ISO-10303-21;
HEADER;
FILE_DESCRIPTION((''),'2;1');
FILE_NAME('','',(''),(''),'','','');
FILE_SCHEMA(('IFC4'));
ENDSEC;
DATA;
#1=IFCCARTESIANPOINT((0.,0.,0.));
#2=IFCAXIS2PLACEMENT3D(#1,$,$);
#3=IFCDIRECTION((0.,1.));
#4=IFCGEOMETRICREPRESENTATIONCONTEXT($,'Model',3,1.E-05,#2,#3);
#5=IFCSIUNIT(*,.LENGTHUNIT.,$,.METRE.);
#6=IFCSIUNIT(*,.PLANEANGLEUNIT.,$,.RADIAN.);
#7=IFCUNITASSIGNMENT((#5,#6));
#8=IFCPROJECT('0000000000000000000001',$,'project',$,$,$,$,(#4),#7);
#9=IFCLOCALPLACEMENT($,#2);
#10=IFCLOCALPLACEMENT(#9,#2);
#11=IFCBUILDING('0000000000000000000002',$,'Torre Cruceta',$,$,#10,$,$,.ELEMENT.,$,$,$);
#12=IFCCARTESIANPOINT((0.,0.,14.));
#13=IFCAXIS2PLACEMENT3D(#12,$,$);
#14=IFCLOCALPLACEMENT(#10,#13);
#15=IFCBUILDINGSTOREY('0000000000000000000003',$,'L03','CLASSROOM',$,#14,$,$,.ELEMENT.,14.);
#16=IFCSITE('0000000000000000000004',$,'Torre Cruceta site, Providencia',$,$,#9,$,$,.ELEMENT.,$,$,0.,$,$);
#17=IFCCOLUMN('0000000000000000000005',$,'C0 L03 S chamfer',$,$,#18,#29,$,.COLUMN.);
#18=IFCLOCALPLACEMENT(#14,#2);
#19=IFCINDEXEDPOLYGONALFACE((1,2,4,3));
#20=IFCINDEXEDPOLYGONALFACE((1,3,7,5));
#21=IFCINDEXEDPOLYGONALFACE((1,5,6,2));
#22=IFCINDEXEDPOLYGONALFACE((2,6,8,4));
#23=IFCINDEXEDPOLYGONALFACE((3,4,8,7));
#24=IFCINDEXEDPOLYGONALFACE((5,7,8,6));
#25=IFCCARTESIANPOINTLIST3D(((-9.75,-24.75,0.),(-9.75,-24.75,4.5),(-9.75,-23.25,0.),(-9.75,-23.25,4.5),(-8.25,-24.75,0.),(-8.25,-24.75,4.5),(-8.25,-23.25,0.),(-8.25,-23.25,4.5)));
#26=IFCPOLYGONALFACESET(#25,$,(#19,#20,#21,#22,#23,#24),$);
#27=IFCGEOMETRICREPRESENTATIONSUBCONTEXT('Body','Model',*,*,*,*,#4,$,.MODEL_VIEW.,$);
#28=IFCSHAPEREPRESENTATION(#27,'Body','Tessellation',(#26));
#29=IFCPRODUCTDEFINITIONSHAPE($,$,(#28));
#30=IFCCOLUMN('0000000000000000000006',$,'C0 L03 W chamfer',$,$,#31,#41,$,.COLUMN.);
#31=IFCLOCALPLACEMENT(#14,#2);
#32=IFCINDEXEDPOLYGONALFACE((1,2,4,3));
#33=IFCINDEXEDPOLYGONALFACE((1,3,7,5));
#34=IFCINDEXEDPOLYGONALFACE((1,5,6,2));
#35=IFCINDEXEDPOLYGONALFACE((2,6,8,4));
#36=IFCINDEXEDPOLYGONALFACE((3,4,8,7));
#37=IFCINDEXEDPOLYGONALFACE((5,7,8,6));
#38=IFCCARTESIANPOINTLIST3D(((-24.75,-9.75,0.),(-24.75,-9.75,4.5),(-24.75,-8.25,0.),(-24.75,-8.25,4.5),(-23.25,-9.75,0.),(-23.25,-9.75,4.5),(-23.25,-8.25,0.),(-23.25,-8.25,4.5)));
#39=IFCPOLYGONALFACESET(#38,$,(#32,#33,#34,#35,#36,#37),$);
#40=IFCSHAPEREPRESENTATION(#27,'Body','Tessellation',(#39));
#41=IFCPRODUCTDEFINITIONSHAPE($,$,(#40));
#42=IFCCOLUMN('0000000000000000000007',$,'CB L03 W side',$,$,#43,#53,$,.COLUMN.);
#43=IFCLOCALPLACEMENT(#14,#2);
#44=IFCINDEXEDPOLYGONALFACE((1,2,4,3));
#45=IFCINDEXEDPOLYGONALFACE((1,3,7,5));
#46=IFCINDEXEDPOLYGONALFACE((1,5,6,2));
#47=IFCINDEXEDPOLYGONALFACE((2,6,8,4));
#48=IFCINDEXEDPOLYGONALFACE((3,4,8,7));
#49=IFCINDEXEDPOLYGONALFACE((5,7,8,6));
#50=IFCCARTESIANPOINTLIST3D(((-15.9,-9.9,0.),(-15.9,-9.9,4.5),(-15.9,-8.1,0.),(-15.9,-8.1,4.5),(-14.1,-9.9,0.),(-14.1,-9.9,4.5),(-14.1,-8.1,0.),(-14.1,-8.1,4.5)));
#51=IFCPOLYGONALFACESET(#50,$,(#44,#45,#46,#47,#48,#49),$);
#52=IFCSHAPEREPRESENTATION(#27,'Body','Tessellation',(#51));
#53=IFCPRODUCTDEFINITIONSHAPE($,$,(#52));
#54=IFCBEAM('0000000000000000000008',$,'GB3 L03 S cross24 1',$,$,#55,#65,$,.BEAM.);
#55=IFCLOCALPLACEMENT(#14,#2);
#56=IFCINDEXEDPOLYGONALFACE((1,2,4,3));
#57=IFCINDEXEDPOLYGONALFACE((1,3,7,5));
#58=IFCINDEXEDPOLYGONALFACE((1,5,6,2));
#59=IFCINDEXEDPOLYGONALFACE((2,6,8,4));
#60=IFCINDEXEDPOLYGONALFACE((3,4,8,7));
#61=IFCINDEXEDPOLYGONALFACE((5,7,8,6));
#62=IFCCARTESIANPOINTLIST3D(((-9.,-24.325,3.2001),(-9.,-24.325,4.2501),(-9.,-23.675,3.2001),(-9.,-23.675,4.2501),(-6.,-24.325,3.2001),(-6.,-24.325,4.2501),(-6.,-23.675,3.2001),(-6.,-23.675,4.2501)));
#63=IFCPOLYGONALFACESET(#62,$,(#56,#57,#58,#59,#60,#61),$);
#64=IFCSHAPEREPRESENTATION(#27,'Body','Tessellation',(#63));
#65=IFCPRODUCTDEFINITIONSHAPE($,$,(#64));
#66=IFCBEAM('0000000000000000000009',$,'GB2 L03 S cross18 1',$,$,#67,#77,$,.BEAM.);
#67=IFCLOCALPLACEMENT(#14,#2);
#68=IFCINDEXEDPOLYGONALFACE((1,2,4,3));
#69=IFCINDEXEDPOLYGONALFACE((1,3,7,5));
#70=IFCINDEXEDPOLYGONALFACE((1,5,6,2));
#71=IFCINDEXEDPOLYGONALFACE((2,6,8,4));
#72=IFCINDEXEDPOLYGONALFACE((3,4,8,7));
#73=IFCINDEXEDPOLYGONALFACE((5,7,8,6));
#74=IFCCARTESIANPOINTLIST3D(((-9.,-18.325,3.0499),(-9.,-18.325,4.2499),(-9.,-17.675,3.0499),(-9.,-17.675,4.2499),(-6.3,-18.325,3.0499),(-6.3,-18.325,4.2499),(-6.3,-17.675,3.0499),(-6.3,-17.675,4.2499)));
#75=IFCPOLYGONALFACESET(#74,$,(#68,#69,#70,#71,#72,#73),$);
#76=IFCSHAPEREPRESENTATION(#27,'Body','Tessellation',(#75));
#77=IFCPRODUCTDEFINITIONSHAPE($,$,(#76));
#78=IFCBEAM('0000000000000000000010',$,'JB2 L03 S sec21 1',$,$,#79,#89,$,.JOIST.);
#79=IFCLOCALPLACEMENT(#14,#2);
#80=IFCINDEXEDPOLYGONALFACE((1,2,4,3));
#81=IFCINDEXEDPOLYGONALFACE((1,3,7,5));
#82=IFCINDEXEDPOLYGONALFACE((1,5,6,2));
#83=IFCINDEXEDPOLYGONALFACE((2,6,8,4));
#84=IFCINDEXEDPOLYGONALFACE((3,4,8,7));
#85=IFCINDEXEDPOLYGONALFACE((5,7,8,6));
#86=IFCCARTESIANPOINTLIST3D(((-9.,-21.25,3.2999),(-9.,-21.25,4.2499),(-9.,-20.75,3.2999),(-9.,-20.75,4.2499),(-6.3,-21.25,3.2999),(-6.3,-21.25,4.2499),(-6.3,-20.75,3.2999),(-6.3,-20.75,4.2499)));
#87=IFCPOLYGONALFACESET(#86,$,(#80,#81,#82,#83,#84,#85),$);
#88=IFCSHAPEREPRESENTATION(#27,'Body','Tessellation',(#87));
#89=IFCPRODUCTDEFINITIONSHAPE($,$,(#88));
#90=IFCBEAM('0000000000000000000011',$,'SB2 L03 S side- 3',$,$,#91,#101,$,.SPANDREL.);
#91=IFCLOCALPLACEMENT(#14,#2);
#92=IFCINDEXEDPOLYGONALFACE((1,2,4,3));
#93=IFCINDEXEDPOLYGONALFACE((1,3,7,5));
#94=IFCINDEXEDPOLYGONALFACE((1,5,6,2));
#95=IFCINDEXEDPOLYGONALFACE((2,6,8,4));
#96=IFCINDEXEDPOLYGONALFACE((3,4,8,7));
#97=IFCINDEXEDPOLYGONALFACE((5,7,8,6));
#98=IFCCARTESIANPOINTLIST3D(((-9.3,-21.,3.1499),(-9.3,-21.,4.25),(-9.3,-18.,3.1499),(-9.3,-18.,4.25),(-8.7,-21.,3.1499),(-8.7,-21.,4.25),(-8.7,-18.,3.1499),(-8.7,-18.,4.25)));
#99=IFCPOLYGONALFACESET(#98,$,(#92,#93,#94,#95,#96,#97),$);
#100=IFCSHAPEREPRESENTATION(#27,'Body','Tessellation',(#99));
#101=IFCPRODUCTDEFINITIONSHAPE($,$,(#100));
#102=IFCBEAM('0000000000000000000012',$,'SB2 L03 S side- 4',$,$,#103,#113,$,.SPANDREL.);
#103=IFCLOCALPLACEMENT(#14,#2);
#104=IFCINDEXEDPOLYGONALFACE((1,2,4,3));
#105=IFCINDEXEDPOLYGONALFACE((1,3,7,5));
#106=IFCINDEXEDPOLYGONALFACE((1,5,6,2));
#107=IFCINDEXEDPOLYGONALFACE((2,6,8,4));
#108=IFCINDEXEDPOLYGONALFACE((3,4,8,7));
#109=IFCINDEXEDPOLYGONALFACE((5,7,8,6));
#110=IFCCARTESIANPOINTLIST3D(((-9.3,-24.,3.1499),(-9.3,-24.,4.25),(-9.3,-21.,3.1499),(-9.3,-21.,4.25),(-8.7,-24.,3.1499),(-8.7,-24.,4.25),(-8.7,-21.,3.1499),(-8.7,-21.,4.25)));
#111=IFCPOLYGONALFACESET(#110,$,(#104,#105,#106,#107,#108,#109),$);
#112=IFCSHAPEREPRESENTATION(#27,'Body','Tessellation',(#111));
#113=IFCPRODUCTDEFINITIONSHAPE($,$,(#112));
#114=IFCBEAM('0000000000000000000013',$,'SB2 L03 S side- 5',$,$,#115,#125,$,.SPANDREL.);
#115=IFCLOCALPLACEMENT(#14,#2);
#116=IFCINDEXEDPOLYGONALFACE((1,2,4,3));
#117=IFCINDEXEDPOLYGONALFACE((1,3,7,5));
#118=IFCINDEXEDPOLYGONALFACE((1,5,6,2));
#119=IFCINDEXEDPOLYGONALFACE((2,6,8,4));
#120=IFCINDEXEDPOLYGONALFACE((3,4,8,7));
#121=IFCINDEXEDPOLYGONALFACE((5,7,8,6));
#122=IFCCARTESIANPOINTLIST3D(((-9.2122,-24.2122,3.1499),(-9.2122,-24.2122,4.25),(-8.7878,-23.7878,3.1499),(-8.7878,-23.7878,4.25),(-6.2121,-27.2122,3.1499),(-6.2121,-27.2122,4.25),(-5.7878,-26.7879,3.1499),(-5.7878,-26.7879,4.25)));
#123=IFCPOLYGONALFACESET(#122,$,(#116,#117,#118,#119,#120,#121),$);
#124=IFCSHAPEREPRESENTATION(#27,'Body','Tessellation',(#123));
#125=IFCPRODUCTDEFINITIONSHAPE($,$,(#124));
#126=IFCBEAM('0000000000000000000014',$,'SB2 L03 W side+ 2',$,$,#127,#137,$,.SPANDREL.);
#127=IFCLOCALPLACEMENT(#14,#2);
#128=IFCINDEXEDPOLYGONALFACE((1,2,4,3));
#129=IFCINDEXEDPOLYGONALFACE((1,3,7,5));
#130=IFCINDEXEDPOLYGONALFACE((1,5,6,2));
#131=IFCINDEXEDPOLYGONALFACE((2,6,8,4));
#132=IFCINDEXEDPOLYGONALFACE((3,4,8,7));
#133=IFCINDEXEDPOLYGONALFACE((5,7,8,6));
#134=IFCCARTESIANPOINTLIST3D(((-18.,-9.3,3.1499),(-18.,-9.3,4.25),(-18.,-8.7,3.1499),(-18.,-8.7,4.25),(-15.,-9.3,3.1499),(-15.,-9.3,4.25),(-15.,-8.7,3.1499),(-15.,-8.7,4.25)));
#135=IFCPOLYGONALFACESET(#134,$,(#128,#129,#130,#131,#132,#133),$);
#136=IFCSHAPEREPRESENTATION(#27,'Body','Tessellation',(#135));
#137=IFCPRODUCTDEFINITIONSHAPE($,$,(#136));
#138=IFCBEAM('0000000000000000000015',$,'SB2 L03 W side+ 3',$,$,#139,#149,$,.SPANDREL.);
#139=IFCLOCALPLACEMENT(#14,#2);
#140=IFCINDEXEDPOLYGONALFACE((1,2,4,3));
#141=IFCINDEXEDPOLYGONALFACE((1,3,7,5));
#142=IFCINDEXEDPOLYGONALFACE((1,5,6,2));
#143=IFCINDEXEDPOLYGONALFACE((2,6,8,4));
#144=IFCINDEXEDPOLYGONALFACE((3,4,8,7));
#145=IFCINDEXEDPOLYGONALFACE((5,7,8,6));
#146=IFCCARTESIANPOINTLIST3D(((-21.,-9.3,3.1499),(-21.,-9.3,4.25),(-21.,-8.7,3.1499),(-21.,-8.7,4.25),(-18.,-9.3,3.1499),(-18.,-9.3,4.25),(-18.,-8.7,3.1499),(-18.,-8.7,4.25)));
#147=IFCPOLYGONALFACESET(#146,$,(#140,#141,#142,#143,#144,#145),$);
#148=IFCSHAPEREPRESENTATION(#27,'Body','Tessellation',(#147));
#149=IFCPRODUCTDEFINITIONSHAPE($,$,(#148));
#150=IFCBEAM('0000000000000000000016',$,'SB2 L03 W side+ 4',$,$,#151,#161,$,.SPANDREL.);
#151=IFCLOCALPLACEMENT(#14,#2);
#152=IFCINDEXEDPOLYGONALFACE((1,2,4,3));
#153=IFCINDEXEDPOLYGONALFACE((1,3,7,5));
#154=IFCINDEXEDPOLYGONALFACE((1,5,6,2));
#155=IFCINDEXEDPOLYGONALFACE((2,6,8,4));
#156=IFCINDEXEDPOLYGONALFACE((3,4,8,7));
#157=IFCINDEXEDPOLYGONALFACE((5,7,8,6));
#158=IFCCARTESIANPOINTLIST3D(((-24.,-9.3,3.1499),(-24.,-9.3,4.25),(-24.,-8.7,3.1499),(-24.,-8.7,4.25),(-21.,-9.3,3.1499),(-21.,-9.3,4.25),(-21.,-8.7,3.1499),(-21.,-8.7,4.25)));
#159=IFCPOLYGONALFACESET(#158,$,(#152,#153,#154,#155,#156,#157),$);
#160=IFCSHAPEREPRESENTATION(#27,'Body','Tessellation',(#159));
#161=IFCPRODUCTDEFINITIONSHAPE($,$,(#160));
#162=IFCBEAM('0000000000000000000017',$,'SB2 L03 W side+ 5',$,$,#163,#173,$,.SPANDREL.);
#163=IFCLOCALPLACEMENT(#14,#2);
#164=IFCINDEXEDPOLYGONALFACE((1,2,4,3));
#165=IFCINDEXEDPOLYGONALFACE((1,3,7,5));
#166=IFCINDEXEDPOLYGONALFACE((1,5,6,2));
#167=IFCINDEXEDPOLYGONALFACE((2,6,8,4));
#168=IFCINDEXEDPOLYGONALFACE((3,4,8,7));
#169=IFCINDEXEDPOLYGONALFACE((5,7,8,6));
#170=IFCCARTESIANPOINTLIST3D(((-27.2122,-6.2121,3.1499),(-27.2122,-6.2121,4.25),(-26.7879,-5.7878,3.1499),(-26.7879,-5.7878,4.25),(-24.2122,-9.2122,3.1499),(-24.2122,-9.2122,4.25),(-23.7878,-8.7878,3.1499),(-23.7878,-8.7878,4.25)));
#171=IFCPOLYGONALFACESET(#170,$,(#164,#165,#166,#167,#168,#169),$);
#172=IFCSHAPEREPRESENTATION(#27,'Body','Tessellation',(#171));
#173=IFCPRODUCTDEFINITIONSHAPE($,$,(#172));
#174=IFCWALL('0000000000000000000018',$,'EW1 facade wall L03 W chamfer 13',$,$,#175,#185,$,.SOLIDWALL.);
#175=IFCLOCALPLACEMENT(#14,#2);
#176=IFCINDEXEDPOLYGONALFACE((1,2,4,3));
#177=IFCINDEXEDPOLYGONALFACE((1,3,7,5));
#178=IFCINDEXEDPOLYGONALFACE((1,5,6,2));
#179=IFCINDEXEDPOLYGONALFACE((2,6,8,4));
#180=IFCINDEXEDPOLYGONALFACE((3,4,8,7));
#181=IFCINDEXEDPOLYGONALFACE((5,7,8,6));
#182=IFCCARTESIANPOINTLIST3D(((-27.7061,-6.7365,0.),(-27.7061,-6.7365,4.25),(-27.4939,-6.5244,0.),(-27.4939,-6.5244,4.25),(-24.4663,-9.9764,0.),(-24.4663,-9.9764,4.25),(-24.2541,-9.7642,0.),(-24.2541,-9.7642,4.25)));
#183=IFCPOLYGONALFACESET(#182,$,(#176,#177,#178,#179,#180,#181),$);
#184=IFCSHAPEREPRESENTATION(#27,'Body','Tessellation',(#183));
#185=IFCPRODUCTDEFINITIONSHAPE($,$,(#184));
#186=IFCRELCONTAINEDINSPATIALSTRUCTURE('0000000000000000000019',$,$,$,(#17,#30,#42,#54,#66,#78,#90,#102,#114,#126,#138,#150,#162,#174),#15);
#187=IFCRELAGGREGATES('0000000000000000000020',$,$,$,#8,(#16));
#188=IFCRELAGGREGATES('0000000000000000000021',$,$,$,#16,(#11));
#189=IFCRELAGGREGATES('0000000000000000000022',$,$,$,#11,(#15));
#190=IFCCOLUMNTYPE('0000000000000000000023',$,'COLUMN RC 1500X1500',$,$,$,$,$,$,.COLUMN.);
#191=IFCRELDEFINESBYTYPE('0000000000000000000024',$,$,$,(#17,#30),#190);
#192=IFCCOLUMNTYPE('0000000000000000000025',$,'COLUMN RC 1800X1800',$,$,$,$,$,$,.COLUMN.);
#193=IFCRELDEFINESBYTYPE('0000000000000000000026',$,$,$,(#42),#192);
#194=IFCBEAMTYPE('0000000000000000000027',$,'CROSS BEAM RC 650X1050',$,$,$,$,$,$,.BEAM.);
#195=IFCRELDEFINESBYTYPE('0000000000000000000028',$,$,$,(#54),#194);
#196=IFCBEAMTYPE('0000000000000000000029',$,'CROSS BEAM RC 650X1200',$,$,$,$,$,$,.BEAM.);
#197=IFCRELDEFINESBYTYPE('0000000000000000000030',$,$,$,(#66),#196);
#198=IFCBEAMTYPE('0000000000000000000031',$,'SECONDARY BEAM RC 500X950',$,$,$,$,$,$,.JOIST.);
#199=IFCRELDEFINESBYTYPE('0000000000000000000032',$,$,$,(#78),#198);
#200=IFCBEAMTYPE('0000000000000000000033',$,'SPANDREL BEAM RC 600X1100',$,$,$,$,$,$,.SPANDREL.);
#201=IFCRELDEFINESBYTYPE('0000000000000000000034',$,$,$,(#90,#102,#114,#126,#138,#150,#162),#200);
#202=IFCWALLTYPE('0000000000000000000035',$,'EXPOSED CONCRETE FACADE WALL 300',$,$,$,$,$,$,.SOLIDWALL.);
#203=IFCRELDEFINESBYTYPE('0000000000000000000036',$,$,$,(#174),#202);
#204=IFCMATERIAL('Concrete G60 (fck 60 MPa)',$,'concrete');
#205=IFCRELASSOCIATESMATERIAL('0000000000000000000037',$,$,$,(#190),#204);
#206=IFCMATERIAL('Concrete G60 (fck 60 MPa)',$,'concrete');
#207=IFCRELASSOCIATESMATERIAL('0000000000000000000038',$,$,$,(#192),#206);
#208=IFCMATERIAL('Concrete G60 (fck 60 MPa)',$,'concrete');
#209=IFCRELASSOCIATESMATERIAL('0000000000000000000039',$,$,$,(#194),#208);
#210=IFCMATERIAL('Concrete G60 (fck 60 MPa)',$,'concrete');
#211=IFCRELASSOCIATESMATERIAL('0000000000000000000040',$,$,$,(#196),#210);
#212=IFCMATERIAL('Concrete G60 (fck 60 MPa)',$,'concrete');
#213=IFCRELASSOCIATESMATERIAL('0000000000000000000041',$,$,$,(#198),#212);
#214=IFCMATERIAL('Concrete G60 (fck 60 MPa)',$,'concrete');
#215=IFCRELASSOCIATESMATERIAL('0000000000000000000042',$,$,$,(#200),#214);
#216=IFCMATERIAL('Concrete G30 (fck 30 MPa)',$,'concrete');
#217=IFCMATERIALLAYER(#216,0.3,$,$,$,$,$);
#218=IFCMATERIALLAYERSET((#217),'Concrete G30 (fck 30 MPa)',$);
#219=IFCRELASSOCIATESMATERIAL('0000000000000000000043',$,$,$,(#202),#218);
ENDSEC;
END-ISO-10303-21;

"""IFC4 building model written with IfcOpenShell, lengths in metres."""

from ifc_helpers import new_model, si_unit, direction, frame, frame_2d, origin, origin_2d, place, context, subcontext, project, spatial, rectangle, extrude, material, layer, layer_set, material_profile, profile_set, type_object, element, save


model = new_model("IFC4")

# Units and contexts
model_context = context("Model", 3, precision=1e-05, world=origin(), true_north=direction((0.0, 1.0)))
body_context = subcontext(model_context, "Body", "Model", "MODEL_VIEW")
ifc_project = project(units=[si_unit("LENGTHUNIT", "METRE"), si_unit("PLANEANGLEUNIT", "RADIAN")], contexts=[model_context])

# Site, building, storey
site_placement = place(None, origin())
site = spatial("IfcSite", under=ifc_project, at=site_placement, Name="Torre Cruceta site, Providencia", CompositionType="ELEMENT", RefElevation=0.0)
building_placement = place(site_placement, origin())
building = spatial("IfcBuilding", under=site, at=building_placement, Name="Torre Cruceta", CompositionType="ELEMENT")
storey_placement = place(building_placement, frame((0.0, 0.0, 14.0)))
storey = spatial("IfcBuildingStorey", under=building, at=storey_placement, Name="L03", Description="CLASSROOM", CompositionType="ELEMENT", Elevation=14.0)

# Columns
ifc_material_1 = material(Name="Concrete G60 (fck 60 MPa)", Category="concrete")
ifc_material_profile_1 = material_profile(ifc_material_1, rectangle(XDim=1.5, YDim=1.5, at=origin_2d()), Name="RC 1500X1500")
ifc_profile_set_1 = profile_set([ifc_material_profile_1], Name="Concrete G60 (fck 60 MPa)")
column_type_1 = type_object("IfcColumnType", Name="COLUMN RC 1500X1500", PredefinedType="COLUMN", material=ifc_profile_set_1)
for number, where, z_axis, x_axis, name in (
    (1, (-9.0, -24.0, 0.0), (0.0, 0.0, 1.0), (1.0, 0.0, 0.0), "C0 L03 S chamfer"),
    (2, (-24.0, -9.0, 0.0), (0.0, 0.0, 1.0), (1.0, 0.0, 0.0), "C0 L03 W chamfer"),
):
    element("IfcColumn", number, at=place(storey_placement, frame(where, z_axis=z_axis, x_axis=x_axis)), inside=storey, type_object=column_type_1, Name=name, PredefinedType="COLUMN", context=body_context, shape_type="SweptSolid", body=[
        extrude(rectangle(XDim=1.5, YDim=1.5, at=origin_2d()), origin(), (0.0, 0.0, 1.0), 4.5),
    ])
ifc_material_2 = material(Name="Concrete G60 (fck 60 MPa)", Category="concrete")
ifc_material_profile_2 = material_profile(ifc_material_2, rectangle(XDim=1.8, YDim=1.8, at=origin_2d()), Name="RC 1800X1800")
ifc_profile_set_2 = profile_set([ifc_material_profile_2], Name="Concrete G60 (fck 60 MPa)")
column_type_2 = type_object("IfcColumnType", Name="COLUMN RC 1800X1800", PredefinedType="COLUMN", material=ifc_profile_set_2)
column_placement = place(storey_placement, frame((-15.0, -9.0, 0.0), z_axis=(0.0, 0.0, 1.0), x_axis=(1.0, 0.0, 0.0)))
element("IfcColumn", 3, at=column_placement, inside=storey, type_object=column_type_2, Name="CB L03 W side", PredefinedType="COLUMN", context=body_context, shape_type="SweptSolid", body=[
    extrude(rectangle(XDim=1.8, YDim=1.8, at=origin_2d()), origin(), (0.0, 0.0, 1.0), 4.5),
])

# Beams
ifc_material_3 = material(Name="Concrete G60 (fck 60 MPa)", Category="concrete")
ifc_material_profile_3 = material_profile(ifc_material_3, rectangle(XDim=0.6499, YDim=1.05, at=origin_2d()), Name="RC 650X1050")
ifc_profile_set_3 = profile_set([ifc_material_profile_3], Name="Concrete G60 (fck 60 MPa)")
beam_type_1 = type_object("IfcBeamType", Name="CROSS BEAM RC 650X1050", PredefinedType="BEAM", material=ifc_profile_set_3)
beam_1_placement = place(storey_placement, frame((-9.0, -24.0, 3.7251), z_axis=(1.0, 0.0, 0.0), x_axis=(0.0, 1.0, 0.0)))
element("IfcBeam", 4, at=beam_1_placement, inside=storey, type_object=beam_type_1, Name="GB3 L03 S cross24 1", PredefinedType="BEAM", context=body_context, shape_type="SweptSolid", body=[
    extrude(rectangle(XDim=0.6499, YDim=1.05, at=origin_2d()), origin(), (0.0, 0.0, 1.0), 3.0),
])
ifc_material_4 = material(Name="Concrete G60 (fck 60 MPa)", Category="concrete")
ifc_material_profile_4 = material_profile(ifc_material_4, rectangle(XDim=0.6499, YDim=1.2, at=origin_2d()), Name="RC 650X1200")
ifc_profile_set_4 = profile_set([ifc_material_profile_4], Name="Concrete G60 (fck 60 MPa)")
beam_type_2 = type_object("IfcBeamType", Name="CROSS BEAM RC 650X1200", PredefinedType="BEAM", material=ifc_profile_set_4)
beam_2_placement = place(storey_placement, frame((-9.0, -18.0, 3.6499), z_axis=(1.0, 0.0, 0.0), x_axis=(0.0, 1.0, 0.0)))
element("IfcBeam", 5, at=beam_2_placement, inside=storey, type_object=beam_type_2, Name="GB2 L03 S cross18 1", PredefinedType="BEAM", context=body_context, shape_type="SweptSolid", body=[
    extrude(rectangle(XDim=0.6499, YDim=1.2, at=origin_2d()), origin(), (0.0, 0.0, 1.0), 2.7),
])
ifc_material_5 = material(Name="Concrete G60 (fck 60 MPa)", Category="concrete")
ifc_material_profile_5 = material_profile(ifc_material_5, rectangle(XDim=0.5, YDim=0.95, at=origin_2d()), Name="RC 500X950")
ifc_profile_set_5 = profile_set([ifc_material_profile_5], Name="Concrete G60 (fck 60 MPa)")
beam_type_3 = type_object("IfcBeamType", Name="SECONDARY BEAM RC 500X950", PredefinedType="JOIST", material=ifc_profile_set_5)
beam_3_placement = place(storey_placement, frame((-9.0, -21.0, 3.7749), z_axis=(1.0, 0.0, 0.0), x_axis=(0.0, 1.0, 0.0)))
element("IfcBeam", 6, at=beam_3_placement, inside=storey, type_object=beam_type_3, Name="JB2 L03 S sec21 1", PredefinedType="JOIST", context=body_context, shape_type="SweptSolid", body=[
    extrude(rectangle(XDim=0.5, YDim=0.95, at=origin_2d()), origin(), (0.0, 0.0, 1.0), 2.7),
])
ifc_material_6 = material(Name="Concrete G60 (fck 60 MPa)", Category="concrete")
ifc_material_profile_6 = material_profile(ifc_material_6, rectangle(XDim=0.6001, YDim=1.1001, at=origin_2d()), Name="RC 600X1100")
ifc_profile_set_6 = profile_set([ifc_material_profile_6], Name="Concrete G60 (fck 60 MPa)")
beam_type_4 = type_object("IfcBeamType", Name="SPANDREL BEAM RC 600X1100", PredefinedType="SPANDREL", material=ifc_profile_set_6)
for number, where, z_axis, x_axis, name in (
    (7, (-9.0, -18.0, 3.7), (0.0, -1.0, 0.0), (1.0, 0.0, 0.0), "SB2 L03 S side- 3"),
    (8, (-9.0, -21.0, 3.7), (0.0, -1.0, 0.0), (1.0, 0.0, 0.0), "SB2 L03 S side- 4"),
):
    element("IfcBeam", number, at=place(storey_placement, frame(where, z_axis=z_axis, x_axis=x_axis)), inside=storey, type_object=beam_type_4, Name=name, PredefinedType="SPANDREL", context=body_context, shape_type="SweptSolid", body=[
        extrude(rectangle(XDim=0.6001, YDim=1.1001, at=origin_2d()), origin(), (0.0, 0.0, 1.0), 3.0),
    ])
beam_4_placement = place(storey_placement, frame((-9.0, -24.0, 3.7), z_axis=(0.707107, -0.707107, 0.0), x_axis=(0.707107, 0.707107, 0.0)))
element("IfcBeam", 9, at=beam_4_placement, inside=storey, type_object=beam_type_4, Name="SB2 L03 S side- 5", PredefinedType="SPANDREL", context=body_context, shape_type="SweptSolid", body=[
    extrude(rectangle(XDim=0.6001, YDim=1.1001, at=origin_2d()), origin(), (0.0, 0.0, 1.0), 4.2427),
])
for number, where, z_axis, x_axis, name in (
    (10, (-15.0, -9.0, 3.7), (-1.0, 0.0, 0.0), (0.0, -1.0, 0.0), "SB2 L03 W side+ 2"),
    (11, (-18.0, -9.0, 3.7), (-1.0, 0.0, 0.0), (0.0, -1.0, 0.0), "SB2 L03 W side+ 3"),
    (12, (-21.0, -9.0, 3.7), (-1.0, 0.0, 0.0), (0.0, -1.0, 0.0), "SB2 L03 W side+ 4"),
):
    element("IfcBeam", number, at=place(storey_placement, frame(where, z_axis=z_axis, x_axis=x_axis)), inside=storey, type_object=beam_type_4, Name=name, PredefinedType="SPANDREL", context=body_context, shape_type="SweptSolid", body=[
        extrude(rectangle(XDim=0.6001, YDim=1.1001, at=origin_2d()), origin(), (0.0, 0.0, 1.0), 3.0),
    ])
beam_5_placement = place(storey_placement, frame((-24.0, -9.0, 3.7), z_axis=(-0.707107, 0.707107, 0.0), x_axis=(-0.707107, -0.707107, 0.0)))
element("IfcBeam", 13, at=beam_5_placement, inside=storey, type_object=beam_type_4, Name="SB2 L03 W side+ 5", PredefinedType="SPANDREL", context=body_context, shape_type="SweptSolid", body=[
    extrude(rectangle(XDim=0.6001, YDim=1.1001, at=origin_2d()), origin(), (0.0, 0.0, 1.0), 4.2427),
])

# Wall
ifc_material_7 = material(Name="Concrete G30 (fck 30 MPa)", Category="concrete")
ifc_layer_1 = layer(ifc_material_7, 0.3)
ifc_layer_set_1 = layer_set([ifc_layer_1], Name="Concrete G30 (fck 30 MPa)")
wall_type_1 = type_object("IfcWallType", Name="EXPOSED CONCRETE FACADE WALL 300", PredefinedType="SOLIDWALL", material=ifc_layer_set_1)
wall_1_placement = place(storey_placement, frame((-27.6001, -6.6304, 0.0), z_axis=(0.0, 0.0, 1.0), x_axis=(0.707107, -0.707107, 0.0)))
element("IfcWall", 14, at=wall_1_placement, inside=storey, type_object=wall_type_1, Name="EW1 facade wall L03 W chamfer 13", PredefinedType="SOLIDWALL", context=body_context, shape_type="SweptSolid", body=[
    extrude(rectangle(XDim=4.5818, YDim=0.3, at=frame_2d((2.291, 0.0))), origin(), (0.0, 0.0, 1.0), 4.25),
])

save(model, "model.ifc")
